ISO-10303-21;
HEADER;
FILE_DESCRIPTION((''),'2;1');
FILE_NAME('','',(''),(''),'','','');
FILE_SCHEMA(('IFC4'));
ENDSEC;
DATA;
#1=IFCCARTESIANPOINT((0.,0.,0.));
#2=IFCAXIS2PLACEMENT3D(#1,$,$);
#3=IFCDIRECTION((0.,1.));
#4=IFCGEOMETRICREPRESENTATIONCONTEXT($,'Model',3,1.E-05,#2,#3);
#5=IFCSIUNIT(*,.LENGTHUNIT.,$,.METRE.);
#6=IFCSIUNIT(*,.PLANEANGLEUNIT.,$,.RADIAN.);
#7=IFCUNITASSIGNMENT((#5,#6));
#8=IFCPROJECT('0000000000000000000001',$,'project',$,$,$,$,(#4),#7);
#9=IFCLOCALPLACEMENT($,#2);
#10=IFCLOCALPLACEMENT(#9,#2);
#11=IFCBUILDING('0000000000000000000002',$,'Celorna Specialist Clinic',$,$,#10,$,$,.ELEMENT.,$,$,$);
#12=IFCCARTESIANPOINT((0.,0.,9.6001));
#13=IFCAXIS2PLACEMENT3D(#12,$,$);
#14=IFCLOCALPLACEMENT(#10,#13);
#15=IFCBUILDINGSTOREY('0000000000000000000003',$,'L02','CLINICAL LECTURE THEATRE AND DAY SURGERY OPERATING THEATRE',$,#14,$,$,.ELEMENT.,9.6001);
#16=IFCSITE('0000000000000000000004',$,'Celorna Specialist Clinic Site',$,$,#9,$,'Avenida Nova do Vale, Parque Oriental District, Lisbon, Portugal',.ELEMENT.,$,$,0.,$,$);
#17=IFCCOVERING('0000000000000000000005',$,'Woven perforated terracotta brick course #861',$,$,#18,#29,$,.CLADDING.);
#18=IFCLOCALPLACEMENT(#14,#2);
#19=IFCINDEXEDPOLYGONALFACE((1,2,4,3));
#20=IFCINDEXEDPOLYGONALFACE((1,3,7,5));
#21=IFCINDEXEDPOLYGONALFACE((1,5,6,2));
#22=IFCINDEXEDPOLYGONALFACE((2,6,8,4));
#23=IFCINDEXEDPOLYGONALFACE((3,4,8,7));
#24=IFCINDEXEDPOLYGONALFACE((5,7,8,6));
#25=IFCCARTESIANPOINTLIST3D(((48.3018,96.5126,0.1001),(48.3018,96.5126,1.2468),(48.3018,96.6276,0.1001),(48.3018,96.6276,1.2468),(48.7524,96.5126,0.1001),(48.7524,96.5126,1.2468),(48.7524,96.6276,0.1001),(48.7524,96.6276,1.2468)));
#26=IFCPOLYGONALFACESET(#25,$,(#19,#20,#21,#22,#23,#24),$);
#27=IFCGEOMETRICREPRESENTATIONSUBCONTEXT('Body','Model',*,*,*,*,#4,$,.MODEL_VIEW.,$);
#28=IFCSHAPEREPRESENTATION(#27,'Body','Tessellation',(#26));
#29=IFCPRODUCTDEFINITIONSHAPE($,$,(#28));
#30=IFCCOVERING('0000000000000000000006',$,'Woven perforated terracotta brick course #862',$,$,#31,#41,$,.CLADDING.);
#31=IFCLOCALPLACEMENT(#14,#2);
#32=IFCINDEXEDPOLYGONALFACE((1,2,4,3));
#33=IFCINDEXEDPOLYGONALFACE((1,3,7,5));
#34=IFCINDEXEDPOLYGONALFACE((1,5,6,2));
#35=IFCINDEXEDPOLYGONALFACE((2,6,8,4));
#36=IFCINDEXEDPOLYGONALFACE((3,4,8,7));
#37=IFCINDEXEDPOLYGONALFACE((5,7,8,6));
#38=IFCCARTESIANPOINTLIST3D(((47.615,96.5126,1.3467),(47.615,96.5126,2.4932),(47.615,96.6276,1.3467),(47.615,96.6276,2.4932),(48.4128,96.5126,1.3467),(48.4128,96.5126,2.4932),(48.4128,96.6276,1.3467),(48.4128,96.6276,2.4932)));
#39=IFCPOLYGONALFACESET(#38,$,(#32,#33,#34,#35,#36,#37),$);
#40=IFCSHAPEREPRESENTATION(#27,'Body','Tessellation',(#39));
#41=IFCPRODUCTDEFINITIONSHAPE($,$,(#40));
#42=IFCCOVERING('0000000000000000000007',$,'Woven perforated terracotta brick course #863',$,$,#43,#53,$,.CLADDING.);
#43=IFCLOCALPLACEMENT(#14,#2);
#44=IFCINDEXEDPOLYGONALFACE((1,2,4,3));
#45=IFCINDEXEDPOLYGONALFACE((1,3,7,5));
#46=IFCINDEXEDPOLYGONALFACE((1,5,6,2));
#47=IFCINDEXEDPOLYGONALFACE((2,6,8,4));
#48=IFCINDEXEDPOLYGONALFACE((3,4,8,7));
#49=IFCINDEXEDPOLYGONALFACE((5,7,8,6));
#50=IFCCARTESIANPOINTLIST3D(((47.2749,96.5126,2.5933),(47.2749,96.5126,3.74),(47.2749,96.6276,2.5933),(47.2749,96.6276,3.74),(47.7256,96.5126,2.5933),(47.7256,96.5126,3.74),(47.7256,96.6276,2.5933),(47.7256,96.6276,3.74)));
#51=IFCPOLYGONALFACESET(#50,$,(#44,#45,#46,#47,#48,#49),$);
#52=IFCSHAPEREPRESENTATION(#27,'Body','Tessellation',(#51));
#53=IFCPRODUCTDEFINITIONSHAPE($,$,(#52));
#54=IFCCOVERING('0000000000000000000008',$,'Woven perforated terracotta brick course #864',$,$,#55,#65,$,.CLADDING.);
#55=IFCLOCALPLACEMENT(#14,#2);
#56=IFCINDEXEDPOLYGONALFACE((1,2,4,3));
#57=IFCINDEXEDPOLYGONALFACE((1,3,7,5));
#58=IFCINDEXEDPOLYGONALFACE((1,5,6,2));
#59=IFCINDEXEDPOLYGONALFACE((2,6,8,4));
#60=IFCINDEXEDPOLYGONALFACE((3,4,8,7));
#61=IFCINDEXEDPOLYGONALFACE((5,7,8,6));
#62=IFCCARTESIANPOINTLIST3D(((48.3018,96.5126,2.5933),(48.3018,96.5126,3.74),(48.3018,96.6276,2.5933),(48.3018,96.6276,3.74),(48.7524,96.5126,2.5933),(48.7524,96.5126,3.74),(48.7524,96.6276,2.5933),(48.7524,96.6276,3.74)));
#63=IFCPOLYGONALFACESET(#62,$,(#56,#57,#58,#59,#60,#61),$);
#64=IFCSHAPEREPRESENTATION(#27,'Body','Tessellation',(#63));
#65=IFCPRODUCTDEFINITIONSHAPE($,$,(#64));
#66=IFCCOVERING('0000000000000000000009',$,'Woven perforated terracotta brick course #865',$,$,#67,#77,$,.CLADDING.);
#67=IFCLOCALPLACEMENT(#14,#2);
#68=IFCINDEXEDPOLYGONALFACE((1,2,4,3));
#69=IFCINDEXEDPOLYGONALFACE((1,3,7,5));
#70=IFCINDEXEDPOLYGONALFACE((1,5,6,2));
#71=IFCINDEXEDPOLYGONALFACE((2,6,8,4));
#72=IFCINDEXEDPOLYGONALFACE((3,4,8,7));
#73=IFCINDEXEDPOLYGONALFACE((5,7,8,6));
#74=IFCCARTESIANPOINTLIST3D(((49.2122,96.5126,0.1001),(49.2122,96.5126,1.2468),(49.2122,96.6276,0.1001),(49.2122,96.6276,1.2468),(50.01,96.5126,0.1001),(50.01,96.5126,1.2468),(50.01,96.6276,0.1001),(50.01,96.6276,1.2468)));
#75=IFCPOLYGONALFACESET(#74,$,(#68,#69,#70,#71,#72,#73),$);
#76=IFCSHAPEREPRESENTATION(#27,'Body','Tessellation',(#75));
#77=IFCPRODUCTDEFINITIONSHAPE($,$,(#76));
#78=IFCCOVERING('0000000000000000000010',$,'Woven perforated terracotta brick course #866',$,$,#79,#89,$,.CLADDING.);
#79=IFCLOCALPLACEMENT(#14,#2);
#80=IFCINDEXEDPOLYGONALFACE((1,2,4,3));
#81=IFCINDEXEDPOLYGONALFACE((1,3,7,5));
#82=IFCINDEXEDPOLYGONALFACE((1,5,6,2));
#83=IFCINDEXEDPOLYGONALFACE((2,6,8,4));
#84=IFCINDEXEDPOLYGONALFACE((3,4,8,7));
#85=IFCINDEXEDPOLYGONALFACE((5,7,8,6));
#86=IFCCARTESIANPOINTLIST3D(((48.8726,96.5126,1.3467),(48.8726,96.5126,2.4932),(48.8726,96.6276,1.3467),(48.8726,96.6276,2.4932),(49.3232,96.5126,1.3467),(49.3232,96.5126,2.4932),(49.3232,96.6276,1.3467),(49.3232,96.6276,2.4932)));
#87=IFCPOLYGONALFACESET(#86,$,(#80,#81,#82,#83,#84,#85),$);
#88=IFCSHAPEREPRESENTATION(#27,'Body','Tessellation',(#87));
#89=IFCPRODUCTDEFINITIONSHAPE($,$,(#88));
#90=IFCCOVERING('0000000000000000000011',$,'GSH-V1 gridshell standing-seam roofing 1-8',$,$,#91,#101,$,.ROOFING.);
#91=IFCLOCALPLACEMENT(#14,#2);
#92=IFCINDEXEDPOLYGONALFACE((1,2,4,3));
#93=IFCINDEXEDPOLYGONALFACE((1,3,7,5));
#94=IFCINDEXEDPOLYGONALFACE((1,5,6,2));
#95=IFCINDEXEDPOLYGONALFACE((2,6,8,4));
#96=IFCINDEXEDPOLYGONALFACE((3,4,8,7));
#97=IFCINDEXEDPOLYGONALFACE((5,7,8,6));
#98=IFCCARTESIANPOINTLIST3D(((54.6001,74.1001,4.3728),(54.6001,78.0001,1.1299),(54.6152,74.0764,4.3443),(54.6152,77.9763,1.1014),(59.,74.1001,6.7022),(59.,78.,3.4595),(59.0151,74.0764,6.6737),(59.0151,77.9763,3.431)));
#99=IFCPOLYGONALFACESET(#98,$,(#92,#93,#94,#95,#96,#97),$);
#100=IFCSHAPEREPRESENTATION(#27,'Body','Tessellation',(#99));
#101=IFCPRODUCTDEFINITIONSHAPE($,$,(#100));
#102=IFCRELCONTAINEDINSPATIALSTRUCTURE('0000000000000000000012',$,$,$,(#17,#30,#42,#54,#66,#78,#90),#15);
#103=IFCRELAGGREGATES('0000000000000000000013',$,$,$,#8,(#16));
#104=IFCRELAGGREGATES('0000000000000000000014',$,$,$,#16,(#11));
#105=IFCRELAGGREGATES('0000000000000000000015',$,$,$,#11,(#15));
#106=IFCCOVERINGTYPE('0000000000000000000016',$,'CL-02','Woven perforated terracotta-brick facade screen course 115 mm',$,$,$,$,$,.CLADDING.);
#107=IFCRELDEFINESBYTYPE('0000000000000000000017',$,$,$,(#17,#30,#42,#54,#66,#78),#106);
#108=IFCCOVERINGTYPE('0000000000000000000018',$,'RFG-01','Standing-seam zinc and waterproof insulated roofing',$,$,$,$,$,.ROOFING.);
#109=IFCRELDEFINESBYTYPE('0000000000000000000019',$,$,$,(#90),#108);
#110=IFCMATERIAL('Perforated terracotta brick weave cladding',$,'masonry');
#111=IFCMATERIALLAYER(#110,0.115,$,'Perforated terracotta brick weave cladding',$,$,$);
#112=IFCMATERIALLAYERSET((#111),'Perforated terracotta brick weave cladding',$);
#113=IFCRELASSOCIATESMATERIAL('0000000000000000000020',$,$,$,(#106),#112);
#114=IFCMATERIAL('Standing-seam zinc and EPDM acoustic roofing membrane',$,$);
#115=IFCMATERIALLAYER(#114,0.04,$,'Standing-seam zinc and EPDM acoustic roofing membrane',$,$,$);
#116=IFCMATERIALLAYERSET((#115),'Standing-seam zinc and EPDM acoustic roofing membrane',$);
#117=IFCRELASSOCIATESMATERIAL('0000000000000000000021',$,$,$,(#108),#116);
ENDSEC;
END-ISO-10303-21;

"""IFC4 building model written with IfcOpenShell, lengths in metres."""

from ifc_helpers import new_model, si_unit, direction, frame, origin, origin_2d, place, context, subcontext, project, spatial, polyline, rectangle, outline, extrude, material, layer, layer_set, type_object, element, save


model = new_model("IFC4")

# Units and contexts
model_context = context("Model", 3, precision=1e-05, world=origin(), true_north=direction((0.0, 1.0)))
body_context = subcontext(model_context, "Body", "Model", "MODEL_VIEW")
ifc_project = project(units=[si_unit("LENGTHUNIT", "METRE"), si_unit("PLANEANGLEUNIT", "RADIAN")], contexts=[model_context])

# Site, building, storey
site_placement = place(None, origin())
site = spatial("IfcSite", under=ifc_project, at=site_placement, Name="Celorna Specialist Clinic Site", LongName="Avenida Nova do Vale, Parque Oriental District, Lisbon, Portugal", CompositionType="ELEMENT", RefElevation=0.0)
building_placement = place(site_placement, origin())
building = spatial("IfcBuilding", under=site, at=building_placement, Name="Celorna Specialist Clinic", CompositionType="ELEMENT")
storey_placement = place(building_placement, frame((0.0, 0.0, 9.6001)))
storey = spatial("IfcBuildingStorey", under=building, at=storey_placement, Name="L02", Description="CLINICAL LECTURE THEATRE AND DAY SURGERY OPERATING THEATRE", CompositionType="ELEMENT", Elevation=9.6001)

# Coverings
ifc_material_1 = material(Name="Perforated terracotta brick weave cladding", Category="masonry")
ifc_layer_1 = layer(ifc_material_1, 0.115, Name="Perforated terracotta brick weave cladding")
ifc_layer_set_1 = layer_set([ifc_layer_1], Name="Perforated terracotta brick weave cladding")
covering_type_1 = type_object("IfcCoveringType", Name="CL-02", Description="Woven perforated terracotta-brick facade screen course 115 mm", PredefinedType="CLADDING", material=ifc_layer_set_1)
for number, where, z_axis, x_axis, name in (
    (1, (48.5271, 96.5701, 0.1001), (0.0, 0.0, 1.0), (1.0, 0.0, 0.0), "Woven perforated terracotta brick course #861"),
):
    element("IfcCovering", number, at=place(storey_placement, frame(where, z_axis=z_axis, x_axis=x_axis)), inside=storey, type_object=covering_type_1, Name=name, PredefinedType="CLADDING", context=body_context, shape_type="SweptSolid", body=[
        extrude(rectangle(XDim=0.4507, YDim=0.115, at=origin_2d()), origin(), (0.0, 0.0, 1.0), 1.1467),
    ])
covering_1_placement = place(storey_placement, frame((48.0139, 96.5701, 1.3467), z_axis=(0.0, 0.0, 1.0), x_axis=(1.0, 0.0, 0.0)))
element("IfcCovering", 2, at=covering_1_placement, inside=storey, type_object=covering_type_1, Name="Woven perforated terracotta brick course #862", PredefinedType="CLADDING", context=body_context, shape_type="SweptSolid", body=[
    extrude(rectangle(XDim=0.7979, YDim=0.115, at=origin_2d()), origin(), (0.0, 0.0, 1.0), 1.1465),
])
for number, where, z_axis, x_axis, name in (
    (3, (47.5002, 96.5701, 2.5933), (0.0, 0.0, 1.0), (1.0, 0.0, 0.0), "Woven perforated terracotta brick course #863"),
    (4, (48.5271, 96.5701, 2.5933), (0.0, 0.0, 1.0), (1.0, 0.0, 0.0), "Woven perforated terracotta brick course #864"),
):
    element("IfcCovering", number, at=place(storey_placement, frame(where, z_axis=z_axis, x_axis=x_axis)), inside=storey, type_object=covering_type_1, Name=name, PredefinedType="CLADDING", context=body_context, shape_type="SweptSolid", body=[
        extrude(rectangle(XDim=0.4507, YDim=0.115, at=origin_2d()), origin(), (0.0, 0.0, 1.0), 1.1467),
    ])
covering_2_placement = place(storey_placement, frame((49.6111, 96.5701, 0.1001), z_axis=(0.0, 0.0, 1.0), x_axis=(1.0, 0.0, 0.0)))
element("IfcCovering", 5, at=covering_2_placement, inside=storey, type_object=covering_type_1, Name="Woven perforated terracotta brick course #865", PredefinedType="CLADDING", context=body_context, shape_type="SweptSolid", body=[
    extrude(rectangle(XDim=0.7979, YDim=0.115, at=origin_2d()), origin(), (0.0, 0.0, 1.0), 1.1467),
])
covering_3_placement = place(storey_placement, frame((49.0979, 96.5701, 1.3467), z_axis=(0.0, 0.0, 1.0), x_axis=(1.0, 0.0, 0.0)))
element("IfcCovering", 6, at=covering_3_placement, inside=storey, type_object=covering_type_1, Name="Woven perforated terracotta brick course #866", PredefinedType="CLADDING", context=body_context, shape_type="SweptSolid", body=[
    extrude(rectangle(XDim=0.4507, YDim=0.115, at=origin_2d()), origin(), (0.0, 0.0, 1.0), 1.1465),
])
ifc_material_2 = material(Name="Standing-seam zinc and EPDM acoustic roofing membrane")
ifc_layer_2 = layer(ifc_material_2, 0.04, Name="Standing-seam zinc and EPDM acoustic roofing membrane")
ifc_layer_set_2 = layer_set([ifc_layer_2], Name="Standing-seam zinc and EPDM acoustic roofing membrane")
covering_type_2 = type_object("IfcCoveringType", Name="RFG-01", Description="Standing-seam zinc and waterproof insulated roofing", PredefinedType="ROOFING", material=ifc_layer_set_2)
covering_4_placement = place(storey_placement, frame((54.6001, 74.1001, 4.3728), z_axis=(-0.377044, 0.592168, 0.712162), x_axis=(0.883783, 0.00001, 0.467898)))
element("IfcCovering", 7, at=covering_4_placement, inside=storey, type_object=covering_type_2, Name="GSH-V1 gridshell standing-seam roofing 1-8", PredefinedType="ROOFING", context=body_context, shape_type="SweptSolid", body=[
    extrude(outline(polyline([(0.0, 0.0), (4.9785, 0.0), (3.4613, 4.8397), (-1.5173, 4.8398), (0.0, 0.0)])), origin(), (0.0, 0.0, -1.0), 0.04),
])

save(model, "model.ifc")
